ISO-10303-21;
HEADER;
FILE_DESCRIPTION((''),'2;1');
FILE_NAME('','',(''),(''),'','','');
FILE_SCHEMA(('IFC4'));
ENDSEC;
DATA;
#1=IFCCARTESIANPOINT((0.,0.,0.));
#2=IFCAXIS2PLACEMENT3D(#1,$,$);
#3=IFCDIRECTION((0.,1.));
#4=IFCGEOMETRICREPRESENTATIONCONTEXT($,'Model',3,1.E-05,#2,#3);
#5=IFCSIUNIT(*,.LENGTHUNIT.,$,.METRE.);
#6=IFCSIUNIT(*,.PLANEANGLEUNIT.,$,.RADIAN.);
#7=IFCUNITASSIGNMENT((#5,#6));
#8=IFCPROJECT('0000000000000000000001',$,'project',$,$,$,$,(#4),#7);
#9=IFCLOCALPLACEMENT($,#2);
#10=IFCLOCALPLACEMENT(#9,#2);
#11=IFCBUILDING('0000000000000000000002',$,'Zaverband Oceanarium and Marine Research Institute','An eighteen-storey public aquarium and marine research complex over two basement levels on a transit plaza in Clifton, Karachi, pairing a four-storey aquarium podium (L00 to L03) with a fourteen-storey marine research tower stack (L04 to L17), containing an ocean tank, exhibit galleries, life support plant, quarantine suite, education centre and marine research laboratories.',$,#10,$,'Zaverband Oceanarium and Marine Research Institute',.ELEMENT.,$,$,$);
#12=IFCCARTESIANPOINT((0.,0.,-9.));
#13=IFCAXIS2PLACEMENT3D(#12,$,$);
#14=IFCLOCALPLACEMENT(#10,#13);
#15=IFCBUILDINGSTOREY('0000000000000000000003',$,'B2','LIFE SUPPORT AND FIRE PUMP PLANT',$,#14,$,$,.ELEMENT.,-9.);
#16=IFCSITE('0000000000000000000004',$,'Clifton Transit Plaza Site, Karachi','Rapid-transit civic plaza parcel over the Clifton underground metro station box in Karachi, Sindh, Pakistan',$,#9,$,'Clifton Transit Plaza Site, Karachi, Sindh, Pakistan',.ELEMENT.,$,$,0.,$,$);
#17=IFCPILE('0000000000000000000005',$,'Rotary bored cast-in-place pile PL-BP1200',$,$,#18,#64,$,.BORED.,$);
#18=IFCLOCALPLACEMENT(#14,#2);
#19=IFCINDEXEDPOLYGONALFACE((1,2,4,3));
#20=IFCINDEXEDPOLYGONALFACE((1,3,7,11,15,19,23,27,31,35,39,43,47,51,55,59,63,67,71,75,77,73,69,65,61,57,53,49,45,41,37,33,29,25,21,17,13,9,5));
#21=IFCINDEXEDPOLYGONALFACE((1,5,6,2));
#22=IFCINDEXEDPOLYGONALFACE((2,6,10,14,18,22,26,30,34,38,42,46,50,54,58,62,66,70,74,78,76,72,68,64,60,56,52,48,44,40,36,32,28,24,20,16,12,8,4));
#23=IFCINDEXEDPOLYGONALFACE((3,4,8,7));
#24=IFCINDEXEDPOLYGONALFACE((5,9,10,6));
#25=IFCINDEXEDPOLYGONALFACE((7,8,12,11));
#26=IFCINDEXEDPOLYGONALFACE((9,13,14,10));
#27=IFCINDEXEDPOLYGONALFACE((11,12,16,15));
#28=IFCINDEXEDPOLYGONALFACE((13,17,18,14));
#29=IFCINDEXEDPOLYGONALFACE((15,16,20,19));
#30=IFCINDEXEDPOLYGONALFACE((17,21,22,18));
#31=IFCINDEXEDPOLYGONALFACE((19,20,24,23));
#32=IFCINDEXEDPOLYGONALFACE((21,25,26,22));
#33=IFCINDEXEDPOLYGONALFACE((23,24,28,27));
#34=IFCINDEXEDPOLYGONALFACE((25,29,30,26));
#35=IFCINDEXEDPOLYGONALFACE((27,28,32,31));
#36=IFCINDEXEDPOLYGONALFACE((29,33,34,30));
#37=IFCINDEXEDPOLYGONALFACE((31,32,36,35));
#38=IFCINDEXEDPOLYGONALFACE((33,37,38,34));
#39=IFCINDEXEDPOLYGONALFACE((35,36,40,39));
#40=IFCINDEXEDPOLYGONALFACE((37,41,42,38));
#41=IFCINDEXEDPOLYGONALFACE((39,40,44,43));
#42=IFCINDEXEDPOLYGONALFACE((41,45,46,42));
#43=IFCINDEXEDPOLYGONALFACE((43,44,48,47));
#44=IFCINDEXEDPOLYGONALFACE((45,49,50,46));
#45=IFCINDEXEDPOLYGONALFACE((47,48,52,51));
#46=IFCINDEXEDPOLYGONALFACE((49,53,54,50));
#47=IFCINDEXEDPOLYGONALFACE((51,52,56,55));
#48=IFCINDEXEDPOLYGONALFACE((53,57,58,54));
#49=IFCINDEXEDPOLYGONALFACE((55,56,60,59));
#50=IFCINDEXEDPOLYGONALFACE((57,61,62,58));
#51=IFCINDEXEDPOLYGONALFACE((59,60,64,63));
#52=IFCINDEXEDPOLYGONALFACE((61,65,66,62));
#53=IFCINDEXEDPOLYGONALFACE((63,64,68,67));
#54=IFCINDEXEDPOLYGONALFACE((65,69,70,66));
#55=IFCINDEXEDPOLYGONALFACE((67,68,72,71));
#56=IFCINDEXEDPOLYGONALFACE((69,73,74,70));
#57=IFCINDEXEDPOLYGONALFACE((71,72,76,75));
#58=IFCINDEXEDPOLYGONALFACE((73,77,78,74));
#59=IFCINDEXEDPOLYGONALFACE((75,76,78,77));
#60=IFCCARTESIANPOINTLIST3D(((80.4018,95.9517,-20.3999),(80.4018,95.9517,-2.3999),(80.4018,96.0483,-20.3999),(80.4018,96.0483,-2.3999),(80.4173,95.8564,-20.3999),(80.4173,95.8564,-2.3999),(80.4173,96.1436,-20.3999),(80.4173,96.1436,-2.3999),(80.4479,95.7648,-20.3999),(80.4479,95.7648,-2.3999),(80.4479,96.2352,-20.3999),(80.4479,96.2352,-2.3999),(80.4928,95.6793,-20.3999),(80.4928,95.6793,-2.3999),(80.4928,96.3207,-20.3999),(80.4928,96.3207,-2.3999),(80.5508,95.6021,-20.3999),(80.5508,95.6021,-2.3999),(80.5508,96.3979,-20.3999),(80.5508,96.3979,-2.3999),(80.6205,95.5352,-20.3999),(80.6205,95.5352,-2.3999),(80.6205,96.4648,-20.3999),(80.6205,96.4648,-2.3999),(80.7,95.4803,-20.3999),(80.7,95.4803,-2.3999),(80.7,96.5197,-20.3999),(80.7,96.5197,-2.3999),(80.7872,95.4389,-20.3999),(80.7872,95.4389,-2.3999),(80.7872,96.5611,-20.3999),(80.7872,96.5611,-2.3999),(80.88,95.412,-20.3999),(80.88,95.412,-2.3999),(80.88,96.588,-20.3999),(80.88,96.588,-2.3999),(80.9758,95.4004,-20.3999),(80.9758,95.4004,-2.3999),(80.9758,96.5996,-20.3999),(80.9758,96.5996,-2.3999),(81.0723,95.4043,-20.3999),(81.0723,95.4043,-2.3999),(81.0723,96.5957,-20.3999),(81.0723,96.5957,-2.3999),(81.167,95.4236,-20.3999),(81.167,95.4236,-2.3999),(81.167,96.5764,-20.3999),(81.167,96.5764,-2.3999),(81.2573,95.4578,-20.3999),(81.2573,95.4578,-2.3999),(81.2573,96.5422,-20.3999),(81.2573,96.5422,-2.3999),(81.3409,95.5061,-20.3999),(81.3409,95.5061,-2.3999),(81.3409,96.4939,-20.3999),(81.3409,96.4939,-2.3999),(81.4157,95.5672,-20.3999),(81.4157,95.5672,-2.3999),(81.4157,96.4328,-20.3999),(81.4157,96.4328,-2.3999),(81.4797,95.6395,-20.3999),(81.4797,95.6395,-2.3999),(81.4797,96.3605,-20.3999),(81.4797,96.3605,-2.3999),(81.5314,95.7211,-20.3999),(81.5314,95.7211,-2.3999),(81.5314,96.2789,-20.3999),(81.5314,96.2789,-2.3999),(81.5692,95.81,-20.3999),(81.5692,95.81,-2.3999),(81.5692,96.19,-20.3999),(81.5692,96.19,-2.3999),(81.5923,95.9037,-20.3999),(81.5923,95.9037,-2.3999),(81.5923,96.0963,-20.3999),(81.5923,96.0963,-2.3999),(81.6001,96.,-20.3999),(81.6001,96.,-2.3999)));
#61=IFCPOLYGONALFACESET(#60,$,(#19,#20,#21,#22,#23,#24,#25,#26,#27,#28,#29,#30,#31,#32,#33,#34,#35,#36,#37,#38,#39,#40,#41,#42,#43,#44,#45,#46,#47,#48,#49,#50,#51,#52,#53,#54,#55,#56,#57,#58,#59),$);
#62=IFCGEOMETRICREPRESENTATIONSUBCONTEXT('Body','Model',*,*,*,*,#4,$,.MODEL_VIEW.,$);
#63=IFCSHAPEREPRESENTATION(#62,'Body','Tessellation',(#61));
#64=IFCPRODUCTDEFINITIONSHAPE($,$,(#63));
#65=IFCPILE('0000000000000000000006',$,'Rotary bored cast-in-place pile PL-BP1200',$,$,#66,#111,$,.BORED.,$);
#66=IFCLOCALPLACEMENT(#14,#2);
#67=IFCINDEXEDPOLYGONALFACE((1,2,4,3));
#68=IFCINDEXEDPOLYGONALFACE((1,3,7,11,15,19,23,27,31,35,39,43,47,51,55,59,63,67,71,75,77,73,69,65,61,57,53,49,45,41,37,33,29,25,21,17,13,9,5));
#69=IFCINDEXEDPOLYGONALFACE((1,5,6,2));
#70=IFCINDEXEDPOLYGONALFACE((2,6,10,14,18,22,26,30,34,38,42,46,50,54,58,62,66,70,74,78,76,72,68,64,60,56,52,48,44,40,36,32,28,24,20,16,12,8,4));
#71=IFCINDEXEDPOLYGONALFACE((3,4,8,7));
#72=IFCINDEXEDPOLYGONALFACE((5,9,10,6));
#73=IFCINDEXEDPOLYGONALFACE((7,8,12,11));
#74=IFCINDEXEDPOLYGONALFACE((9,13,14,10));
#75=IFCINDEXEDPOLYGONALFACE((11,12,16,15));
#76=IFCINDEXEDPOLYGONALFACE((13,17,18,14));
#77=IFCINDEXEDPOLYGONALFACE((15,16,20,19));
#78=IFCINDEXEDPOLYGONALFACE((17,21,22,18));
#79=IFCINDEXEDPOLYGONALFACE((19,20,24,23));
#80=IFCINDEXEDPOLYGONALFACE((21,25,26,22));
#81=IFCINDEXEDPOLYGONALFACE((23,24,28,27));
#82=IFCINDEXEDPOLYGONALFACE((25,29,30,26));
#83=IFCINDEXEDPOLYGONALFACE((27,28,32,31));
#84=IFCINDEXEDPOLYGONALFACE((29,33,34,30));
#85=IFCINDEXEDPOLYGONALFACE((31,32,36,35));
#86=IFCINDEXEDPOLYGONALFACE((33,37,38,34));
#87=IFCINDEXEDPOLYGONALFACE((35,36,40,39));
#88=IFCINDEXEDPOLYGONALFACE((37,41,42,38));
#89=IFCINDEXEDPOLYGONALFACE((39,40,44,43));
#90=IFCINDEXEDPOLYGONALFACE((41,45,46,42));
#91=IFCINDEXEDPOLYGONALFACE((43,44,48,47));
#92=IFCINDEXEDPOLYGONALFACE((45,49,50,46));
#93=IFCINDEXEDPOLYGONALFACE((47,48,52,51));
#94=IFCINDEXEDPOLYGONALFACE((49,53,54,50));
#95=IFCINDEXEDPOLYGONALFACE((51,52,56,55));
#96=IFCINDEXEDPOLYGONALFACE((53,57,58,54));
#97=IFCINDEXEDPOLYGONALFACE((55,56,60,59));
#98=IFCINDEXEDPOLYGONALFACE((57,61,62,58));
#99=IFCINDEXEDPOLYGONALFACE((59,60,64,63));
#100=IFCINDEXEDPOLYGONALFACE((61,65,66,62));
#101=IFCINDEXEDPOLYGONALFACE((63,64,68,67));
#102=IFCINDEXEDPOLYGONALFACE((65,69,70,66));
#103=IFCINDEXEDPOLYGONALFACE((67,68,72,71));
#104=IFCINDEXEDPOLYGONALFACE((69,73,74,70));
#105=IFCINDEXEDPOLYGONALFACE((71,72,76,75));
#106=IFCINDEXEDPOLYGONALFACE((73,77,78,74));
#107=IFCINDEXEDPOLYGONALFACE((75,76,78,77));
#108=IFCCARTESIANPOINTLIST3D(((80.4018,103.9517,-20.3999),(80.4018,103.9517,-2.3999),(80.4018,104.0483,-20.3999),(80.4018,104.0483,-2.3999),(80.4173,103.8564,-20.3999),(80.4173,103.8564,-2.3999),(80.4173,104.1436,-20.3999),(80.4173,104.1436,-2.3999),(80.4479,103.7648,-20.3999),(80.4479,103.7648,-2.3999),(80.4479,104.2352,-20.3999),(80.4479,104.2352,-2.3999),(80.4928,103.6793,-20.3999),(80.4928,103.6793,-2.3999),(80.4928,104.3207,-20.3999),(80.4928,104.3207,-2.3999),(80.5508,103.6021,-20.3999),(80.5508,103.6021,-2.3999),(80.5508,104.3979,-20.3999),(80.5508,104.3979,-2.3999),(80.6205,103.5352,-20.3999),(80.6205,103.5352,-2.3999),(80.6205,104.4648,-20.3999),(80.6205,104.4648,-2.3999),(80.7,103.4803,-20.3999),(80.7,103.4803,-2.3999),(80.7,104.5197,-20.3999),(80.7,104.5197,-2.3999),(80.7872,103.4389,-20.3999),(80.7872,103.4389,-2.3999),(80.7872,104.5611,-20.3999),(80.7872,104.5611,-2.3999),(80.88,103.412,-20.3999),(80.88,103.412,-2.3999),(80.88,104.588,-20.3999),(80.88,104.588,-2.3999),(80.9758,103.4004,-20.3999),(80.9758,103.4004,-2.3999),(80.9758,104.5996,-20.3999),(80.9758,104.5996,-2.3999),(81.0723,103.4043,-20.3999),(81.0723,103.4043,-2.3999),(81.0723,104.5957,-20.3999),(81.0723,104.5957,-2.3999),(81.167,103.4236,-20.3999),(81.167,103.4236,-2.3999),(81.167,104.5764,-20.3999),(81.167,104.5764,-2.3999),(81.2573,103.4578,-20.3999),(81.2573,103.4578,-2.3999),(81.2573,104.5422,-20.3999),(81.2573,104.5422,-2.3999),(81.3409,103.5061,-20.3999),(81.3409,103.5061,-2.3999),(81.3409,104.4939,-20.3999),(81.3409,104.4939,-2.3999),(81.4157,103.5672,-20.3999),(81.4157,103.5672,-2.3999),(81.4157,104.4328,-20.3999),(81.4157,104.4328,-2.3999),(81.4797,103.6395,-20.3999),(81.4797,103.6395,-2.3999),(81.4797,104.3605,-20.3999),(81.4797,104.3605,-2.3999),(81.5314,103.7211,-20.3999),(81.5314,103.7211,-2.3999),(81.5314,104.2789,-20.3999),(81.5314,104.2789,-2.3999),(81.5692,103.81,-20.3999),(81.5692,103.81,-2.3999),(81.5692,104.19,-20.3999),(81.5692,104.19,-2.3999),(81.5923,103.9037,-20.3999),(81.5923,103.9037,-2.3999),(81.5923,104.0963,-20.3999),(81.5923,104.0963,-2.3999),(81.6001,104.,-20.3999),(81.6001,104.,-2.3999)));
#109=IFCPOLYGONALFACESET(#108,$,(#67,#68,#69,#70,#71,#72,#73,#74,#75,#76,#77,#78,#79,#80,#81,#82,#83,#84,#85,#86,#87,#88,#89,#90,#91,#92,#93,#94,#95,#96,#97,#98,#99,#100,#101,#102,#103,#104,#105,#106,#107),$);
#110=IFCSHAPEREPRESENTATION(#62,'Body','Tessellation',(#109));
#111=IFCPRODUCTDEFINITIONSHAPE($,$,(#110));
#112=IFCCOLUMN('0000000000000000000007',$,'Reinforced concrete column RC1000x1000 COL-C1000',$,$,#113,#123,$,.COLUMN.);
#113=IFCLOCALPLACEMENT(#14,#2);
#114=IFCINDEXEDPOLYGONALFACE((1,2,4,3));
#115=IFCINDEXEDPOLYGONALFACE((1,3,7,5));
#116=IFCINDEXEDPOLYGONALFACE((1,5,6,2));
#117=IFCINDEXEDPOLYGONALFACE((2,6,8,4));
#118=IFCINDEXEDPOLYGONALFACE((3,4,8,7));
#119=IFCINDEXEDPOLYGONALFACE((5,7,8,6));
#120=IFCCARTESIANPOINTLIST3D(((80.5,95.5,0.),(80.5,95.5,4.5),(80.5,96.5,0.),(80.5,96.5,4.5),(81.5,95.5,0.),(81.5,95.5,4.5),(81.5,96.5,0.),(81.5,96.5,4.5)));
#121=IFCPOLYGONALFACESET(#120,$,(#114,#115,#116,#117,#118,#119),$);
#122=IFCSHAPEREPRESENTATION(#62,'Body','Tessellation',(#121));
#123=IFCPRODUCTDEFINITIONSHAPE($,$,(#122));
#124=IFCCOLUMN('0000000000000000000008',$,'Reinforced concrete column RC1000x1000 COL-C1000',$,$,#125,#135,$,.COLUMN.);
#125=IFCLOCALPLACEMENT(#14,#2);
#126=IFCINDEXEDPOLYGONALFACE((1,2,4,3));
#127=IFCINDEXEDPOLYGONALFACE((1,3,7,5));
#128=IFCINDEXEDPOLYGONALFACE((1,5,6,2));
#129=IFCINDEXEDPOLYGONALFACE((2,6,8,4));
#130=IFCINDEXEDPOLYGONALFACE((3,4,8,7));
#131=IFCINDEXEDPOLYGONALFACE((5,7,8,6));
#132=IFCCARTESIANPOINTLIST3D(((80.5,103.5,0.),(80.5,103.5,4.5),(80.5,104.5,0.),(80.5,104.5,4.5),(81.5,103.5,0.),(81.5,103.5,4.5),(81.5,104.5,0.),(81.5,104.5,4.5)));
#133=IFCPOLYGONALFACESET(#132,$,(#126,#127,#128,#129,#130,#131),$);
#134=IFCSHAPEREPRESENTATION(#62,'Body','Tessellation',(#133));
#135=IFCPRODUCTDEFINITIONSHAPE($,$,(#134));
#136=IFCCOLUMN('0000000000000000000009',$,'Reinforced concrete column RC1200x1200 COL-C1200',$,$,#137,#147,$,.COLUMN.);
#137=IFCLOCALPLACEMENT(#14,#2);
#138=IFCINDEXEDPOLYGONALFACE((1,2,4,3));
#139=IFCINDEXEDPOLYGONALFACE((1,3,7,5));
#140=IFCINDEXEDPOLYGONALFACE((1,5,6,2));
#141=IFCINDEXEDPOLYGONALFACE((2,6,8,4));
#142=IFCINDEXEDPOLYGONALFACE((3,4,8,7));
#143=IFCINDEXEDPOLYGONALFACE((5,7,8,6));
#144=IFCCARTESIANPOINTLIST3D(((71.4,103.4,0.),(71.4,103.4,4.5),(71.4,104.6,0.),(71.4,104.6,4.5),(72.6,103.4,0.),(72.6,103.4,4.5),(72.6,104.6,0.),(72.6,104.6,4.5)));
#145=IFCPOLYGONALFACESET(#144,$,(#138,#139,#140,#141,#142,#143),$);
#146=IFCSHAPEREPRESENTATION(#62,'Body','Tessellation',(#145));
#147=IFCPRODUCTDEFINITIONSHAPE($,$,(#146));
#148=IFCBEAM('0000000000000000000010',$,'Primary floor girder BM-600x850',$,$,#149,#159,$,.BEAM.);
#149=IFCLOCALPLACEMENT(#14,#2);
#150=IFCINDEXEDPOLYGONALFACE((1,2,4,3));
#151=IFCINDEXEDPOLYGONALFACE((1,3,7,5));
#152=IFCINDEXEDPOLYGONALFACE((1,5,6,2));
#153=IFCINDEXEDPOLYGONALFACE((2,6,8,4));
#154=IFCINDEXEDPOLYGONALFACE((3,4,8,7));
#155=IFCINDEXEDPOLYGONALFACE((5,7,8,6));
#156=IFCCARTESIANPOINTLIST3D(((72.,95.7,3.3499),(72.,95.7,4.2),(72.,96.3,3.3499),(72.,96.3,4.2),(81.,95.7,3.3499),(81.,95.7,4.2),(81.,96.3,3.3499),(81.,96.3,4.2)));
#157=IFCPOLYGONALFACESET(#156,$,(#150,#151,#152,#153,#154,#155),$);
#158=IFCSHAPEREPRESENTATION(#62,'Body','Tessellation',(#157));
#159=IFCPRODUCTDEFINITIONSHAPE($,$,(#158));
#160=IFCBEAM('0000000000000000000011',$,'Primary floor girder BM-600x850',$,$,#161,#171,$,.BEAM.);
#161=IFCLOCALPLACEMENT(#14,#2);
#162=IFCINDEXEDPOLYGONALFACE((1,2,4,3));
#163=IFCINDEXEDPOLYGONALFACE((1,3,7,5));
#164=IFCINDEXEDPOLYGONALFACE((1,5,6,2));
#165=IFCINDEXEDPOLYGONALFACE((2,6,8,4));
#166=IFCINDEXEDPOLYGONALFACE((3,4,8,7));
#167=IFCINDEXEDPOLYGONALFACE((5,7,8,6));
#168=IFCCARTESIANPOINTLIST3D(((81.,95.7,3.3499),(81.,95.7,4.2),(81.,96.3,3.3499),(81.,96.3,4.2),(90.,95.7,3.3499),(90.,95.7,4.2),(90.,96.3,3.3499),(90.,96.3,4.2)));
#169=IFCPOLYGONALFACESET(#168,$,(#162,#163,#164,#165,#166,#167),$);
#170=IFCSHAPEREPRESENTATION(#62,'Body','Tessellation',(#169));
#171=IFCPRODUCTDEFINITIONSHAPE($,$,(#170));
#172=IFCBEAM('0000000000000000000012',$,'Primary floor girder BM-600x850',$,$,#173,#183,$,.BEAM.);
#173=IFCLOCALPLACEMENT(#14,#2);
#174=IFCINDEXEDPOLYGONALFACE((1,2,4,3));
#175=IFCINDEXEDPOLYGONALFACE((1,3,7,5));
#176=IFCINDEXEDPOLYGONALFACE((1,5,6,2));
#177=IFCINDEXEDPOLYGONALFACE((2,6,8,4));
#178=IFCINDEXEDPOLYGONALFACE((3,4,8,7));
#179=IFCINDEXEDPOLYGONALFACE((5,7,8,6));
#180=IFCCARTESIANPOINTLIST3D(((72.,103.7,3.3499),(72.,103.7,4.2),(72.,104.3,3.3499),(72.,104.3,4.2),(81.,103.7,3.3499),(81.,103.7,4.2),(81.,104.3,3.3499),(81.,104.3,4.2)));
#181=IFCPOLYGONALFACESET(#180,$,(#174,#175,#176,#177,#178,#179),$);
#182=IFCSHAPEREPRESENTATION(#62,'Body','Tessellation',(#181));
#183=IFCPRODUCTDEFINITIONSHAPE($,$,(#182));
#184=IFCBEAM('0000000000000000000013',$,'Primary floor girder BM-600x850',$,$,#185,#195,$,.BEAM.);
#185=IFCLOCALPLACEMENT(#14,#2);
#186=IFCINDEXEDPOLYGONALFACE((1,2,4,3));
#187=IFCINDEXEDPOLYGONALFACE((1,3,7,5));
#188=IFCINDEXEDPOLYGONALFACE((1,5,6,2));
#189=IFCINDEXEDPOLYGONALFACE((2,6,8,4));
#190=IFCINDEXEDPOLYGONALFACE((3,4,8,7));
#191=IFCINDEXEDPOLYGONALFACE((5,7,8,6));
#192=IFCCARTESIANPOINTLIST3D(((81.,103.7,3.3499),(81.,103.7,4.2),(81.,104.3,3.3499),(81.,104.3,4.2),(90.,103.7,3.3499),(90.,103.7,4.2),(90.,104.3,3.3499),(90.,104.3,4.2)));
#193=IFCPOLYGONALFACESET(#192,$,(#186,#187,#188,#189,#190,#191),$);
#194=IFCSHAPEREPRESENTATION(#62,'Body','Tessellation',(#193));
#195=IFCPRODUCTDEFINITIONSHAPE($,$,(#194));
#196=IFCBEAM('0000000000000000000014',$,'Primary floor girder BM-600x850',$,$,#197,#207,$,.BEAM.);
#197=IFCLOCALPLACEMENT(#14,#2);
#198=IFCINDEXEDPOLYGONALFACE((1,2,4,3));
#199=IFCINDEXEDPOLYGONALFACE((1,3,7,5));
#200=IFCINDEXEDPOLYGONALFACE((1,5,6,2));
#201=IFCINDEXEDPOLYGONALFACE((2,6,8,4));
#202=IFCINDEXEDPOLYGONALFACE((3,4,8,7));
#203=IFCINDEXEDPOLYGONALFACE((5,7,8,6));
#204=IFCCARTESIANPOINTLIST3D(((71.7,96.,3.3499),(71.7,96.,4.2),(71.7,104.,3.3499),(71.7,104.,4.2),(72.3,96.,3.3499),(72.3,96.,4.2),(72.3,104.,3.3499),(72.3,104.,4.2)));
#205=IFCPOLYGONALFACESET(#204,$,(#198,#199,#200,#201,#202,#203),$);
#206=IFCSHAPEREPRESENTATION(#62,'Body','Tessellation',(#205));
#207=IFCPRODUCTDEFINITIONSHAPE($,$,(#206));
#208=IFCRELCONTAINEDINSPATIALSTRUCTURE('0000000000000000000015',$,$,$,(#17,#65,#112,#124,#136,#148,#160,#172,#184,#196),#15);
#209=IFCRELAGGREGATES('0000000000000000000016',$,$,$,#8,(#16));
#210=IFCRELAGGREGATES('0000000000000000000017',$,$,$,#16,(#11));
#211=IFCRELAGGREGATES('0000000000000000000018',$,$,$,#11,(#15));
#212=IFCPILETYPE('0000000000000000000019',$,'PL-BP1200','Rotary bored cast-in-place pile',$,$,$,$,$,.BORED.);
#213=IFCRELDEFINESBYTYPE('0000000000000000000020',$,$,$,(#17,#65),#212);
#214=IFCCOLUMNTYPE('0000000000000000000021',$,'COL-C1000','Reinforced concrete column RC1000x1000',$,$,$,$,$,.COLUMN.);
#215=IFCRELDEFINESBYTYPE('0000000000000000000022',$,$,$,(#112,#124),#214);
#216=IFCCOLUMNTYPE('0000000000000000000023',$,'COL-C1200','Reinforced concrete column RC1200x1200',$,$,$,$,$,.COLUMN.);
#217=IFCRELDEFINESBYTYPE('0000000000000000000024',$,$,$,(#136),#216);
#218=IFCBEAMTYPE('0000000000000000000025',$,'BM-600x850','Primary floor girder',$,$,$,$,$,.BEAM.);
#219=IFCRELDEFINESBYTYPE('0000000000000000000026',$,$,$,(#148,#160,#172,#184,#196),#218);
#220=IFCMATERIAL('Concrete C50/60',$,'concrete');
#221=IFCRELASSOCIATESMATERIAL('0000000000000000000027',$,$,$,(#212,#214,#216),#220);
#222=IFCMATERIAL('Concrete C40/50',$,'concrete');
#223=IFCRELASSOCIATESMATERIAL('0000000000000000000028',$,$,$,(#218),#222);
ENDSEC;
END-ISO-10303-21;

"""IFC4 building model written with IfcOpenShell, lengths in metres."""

from ifc_helpers import new_model, si_unit, direction, frame, origin, origin_2d, place, context, subcontext, project, spatial, rectangle, circle, extrude, material, material_profile, profile_set, type_object, element, save


model = new_model("IFC4")

# Units and contexts
model_context = context("Model", 3, precision=1e-05, world=origin(), true_north=direction((0.0, 1.0)))
body_context = subcontext(model_context, "Body", "Model", "MODEL_VIEW")
ifc_project = project(units=[si_unit("LENGTHUNIT", "METRE"), si_unit("PLANEANGLEUNIT", "RADIAN")], contexts=[model_context])

# Site, building, storey
site_placement = place(None, origin())
site = spatial("IfcSite", under=ifc_project, at=site_placement, Name="Clifton Transit Plaza Site, Karachi", Description="Rapid-transit civic plaza parcel over the Clifton underground metro station box in Karachi, Sindh, Pakistan", LongName="Clifton Transit Plaza Site, Karachi, Sindh, Pakistan", CompositionType="ELEMENT", RefElevation=0.0)
building_placement = place(site_placement, origin())
building = spatial("IfcBuilding", under=site, at=building_placement, Name="Zaverband Oceanarium and Marine Research Institute", Description="An eighteen-storey public aquarium and marine research complex over two basement levels on a transit plaza in Clifton, Karachi, pairing a four-storey aquarium podium (L00 to L03) with a fourteen-storey marine research tower stack (L04 to L17), containing an ocean tank, exhibit galleries, life support plant, quarantine suite, education centre and marine research laboratories.", LongName="Zaverband Oceanarium and Marine Research Institute", CompositionType="ELEMENT")
storey_placement = place(building_placement, frame((0.0, 0.0, -9.0)))
storey = spatial("IfcBuildingStorey", under=building, at=storey_placement, Name="B2", Description="LIFE SUPPORT AND FIRE PUMP PLANT", CompositionType="ELEMENT", Elevation=-9.0)

# Shared definitions
ifc_material_1 = material(Name="Concrete C50/60", Category="concrete")

# Piles
ifc_material_profile_1 = material_profile(ifc_material_1, circle(Radius=0.6001, at=origin_2d()), Name="BP1200")
ifc_profile_set_1 = profile_set([ifc_material_profile_1], Name="Concrete C50/60")
pile_type = type_object("IfcPileType", Name="PL-BP1200", Description="Rotary bored cast-in-place pile", PredefinedType="BORED", material=ifc_profile_set_1)
for number, where, z_axis, x_axis, name in (
    (1, (81.0, 96.0, -2.3999), (0.0, 0.0, -1.0), (1.0, 0.0, 0.0), "Rotary bored cast-in-place pile PL-BP1200"),
    (2, (81.0, 104.0, -2.3999), (0.0, 0.0, -1.0), (1.0, 0.0, 0.0), "Rotary bored cast-in-place pile PL-BP1200"),
):
    element("IfcPile", number, at=place(storey_placement, frame(where, z_axis=z_axis, x_axis=x_axis)), inside=storey, type_object=pile_type, Name=name, PredefinedType="BORED", context=body_context, shape_type="SweptSolid", body=[
        extrude(circle(Radius=0.6001, at=origin_2d()), origin(), (0.0, 0.0, 1.0), 18.0),
    ])

# Columns
ifc_material_profile_2 = material_profile(ifc_material_1, rectangle(XDim=1.0, YDim=1.0, at=origin_2d()), Name="RC1000x1000")
ifc_profile_set_2 = profile_set([ifc_material_profile_2], Name="Concrete C50/60")
column_type_1 = type_object("IfcColumnType", Name="COL-C1000", Description="Reinforced concrete column RC1000x1000", PredefinedType="COLUMN", material=ifc_profile_set_2)
for number, where, z_axis, x_axis, name in (
    (3, (81.0, 96.0, 0.0), (0.0, 0.0, 1.0), (1.0, 0.0, 0.0), "Reinforced concrete column RC1000x1000 COL-C1000"),
    (4, (81.0, 104.0, 0.0), (0.0, 0.0, 1.0), (1.0, 0.0, 0.0), "Reinforced concrete column RC1000x1000 COL-C1000"),
):
    element("IfcColumn", number, at=place(storey_placement, frame(where, z_axis=z_axis, x_axis=x_axis)), inside=storey, type_object=column_type_1, Name=name, PredefinedType="COLUMN", context=body_context, shape_type="SweptSolid", body=[
        extrude(rectangle(XDim=1.0, YDim=1.0, at=origin_2d()), origin(), (0.0, 0.0, 1.0), 4.5),
    ])
ifc_material_profile_3 = material_profile(ifc_material_1, rectangle(XDim=1.2, YDim=1.2, at=origin_2d()), Name="RC1200x1200")
ifc_profile_set_3 = profile_set([ifc_material_profile_3], Name="Concrete C50/60")
column_type_2 = type_object("IfcColumnType", Name="COL-C1200", Description="Reinforced concrete column RC1200x1200", PredefinedType="COLUMN", material=ifc_profile_set_3)
column_placement = place(storey_placement, frame((72.0, 104.0, 0.0), z_axis=(0.0, 0.0, 1.0), x_axis=(1.0, 0.0, 0.0)))
element("IfcColumn", 5, at=column_placement, inside=storey, type_object=column_type_2, Name="Reinforced concrete column RC1200x1200 COL-C1200", PredefinedType="COLUMN", context=body_context, shape_type="SweptSolid", body=[
    extrude(rectangle(XDim=1.2, YDim=1.2, at=origin_2d()), origin(), (0.0, 0.0, 1.0), 4.5),
])

# Beams
ifc_material_2 = material(Name="Concrete C40/50", Category="concrete")
ifc_material_profile_4 = material_profile(ifc_material_2, rectangle(XDim=0.6001, YDim=0.8501, at=origin_2d()), Name="RC600x850")
ifc_profile_set_4 = profile_set([ifc_material_profile_4], Name="Concrete C40/50")
beam_type_1 = type_object("IfcBeamType", Name="BM-600x850", Description="Primary floor girder", PredefinedType="BEAM", material=ifc_profile_set_4)
for number, where, z_axis, x_axis, name in (
    (6, (72.0, 96.0, 3.7749), (1.0, 0.0, 0.0), (0.0, 1.0, 0.0), "Primary floor girder BM-600x850"),
    (7, (81.0, 96.0, 3.7749), (1.0, 0.0, 0.0), (0.0, 1.0, 0.0), "Primary floor girder BM-600x850"),
    (8, (72.0, 104.0, 3.7749), (1.0, 0.0, 0.0), (0.0, 1.0, 0.0), "Primary floor girder BM-600x850"),
    (9, (81.0, 104.0, 3.7749), (1.0, 0.0, 0.0), (0.0, 1.0, 0.0), "Primary floor girder BM-600x850"),
):
    element("IfcBeam", number, at=place(storey_placement, frame(where, z_axis=z_axis, x_axis=x_axis)), inside=storey, type_object=beam_type_1, Name=name, PredefinedType="BEAM", context=body_context, shape_type="SweptSolid", body=[
        extrude(rectangle(XDim=0.6001, YDim=0.8501, at=origin_2d()), origin(), (0.0, 0.0, 1.0), 9.0),
    ])
for number, where, z_axis, x_axis, name in (
    (10, (72.0, 96.0, 3.7749), (0.0, 1.0, 0.0), (-1.0, 0.0, 0.0), "Primary floor girder BM-600x850"),
):
    element("IfcBeam", number, at=place(storey_placement, frame(where, z_axis=z_axis, x_axis=x_axis)), inside=storey, type_object=beam_type_1, Name=name, PredefinedType="BEAM", context=body_context, shape_type="SweptSolid", body=[
        extrude(rectangle(XDim=0.6001, YDim=0.8501, at=origin_2d()), origin(), (0.0, 0.0, 1.0), 8.0),
    ])

save(model, "model.ifc")
